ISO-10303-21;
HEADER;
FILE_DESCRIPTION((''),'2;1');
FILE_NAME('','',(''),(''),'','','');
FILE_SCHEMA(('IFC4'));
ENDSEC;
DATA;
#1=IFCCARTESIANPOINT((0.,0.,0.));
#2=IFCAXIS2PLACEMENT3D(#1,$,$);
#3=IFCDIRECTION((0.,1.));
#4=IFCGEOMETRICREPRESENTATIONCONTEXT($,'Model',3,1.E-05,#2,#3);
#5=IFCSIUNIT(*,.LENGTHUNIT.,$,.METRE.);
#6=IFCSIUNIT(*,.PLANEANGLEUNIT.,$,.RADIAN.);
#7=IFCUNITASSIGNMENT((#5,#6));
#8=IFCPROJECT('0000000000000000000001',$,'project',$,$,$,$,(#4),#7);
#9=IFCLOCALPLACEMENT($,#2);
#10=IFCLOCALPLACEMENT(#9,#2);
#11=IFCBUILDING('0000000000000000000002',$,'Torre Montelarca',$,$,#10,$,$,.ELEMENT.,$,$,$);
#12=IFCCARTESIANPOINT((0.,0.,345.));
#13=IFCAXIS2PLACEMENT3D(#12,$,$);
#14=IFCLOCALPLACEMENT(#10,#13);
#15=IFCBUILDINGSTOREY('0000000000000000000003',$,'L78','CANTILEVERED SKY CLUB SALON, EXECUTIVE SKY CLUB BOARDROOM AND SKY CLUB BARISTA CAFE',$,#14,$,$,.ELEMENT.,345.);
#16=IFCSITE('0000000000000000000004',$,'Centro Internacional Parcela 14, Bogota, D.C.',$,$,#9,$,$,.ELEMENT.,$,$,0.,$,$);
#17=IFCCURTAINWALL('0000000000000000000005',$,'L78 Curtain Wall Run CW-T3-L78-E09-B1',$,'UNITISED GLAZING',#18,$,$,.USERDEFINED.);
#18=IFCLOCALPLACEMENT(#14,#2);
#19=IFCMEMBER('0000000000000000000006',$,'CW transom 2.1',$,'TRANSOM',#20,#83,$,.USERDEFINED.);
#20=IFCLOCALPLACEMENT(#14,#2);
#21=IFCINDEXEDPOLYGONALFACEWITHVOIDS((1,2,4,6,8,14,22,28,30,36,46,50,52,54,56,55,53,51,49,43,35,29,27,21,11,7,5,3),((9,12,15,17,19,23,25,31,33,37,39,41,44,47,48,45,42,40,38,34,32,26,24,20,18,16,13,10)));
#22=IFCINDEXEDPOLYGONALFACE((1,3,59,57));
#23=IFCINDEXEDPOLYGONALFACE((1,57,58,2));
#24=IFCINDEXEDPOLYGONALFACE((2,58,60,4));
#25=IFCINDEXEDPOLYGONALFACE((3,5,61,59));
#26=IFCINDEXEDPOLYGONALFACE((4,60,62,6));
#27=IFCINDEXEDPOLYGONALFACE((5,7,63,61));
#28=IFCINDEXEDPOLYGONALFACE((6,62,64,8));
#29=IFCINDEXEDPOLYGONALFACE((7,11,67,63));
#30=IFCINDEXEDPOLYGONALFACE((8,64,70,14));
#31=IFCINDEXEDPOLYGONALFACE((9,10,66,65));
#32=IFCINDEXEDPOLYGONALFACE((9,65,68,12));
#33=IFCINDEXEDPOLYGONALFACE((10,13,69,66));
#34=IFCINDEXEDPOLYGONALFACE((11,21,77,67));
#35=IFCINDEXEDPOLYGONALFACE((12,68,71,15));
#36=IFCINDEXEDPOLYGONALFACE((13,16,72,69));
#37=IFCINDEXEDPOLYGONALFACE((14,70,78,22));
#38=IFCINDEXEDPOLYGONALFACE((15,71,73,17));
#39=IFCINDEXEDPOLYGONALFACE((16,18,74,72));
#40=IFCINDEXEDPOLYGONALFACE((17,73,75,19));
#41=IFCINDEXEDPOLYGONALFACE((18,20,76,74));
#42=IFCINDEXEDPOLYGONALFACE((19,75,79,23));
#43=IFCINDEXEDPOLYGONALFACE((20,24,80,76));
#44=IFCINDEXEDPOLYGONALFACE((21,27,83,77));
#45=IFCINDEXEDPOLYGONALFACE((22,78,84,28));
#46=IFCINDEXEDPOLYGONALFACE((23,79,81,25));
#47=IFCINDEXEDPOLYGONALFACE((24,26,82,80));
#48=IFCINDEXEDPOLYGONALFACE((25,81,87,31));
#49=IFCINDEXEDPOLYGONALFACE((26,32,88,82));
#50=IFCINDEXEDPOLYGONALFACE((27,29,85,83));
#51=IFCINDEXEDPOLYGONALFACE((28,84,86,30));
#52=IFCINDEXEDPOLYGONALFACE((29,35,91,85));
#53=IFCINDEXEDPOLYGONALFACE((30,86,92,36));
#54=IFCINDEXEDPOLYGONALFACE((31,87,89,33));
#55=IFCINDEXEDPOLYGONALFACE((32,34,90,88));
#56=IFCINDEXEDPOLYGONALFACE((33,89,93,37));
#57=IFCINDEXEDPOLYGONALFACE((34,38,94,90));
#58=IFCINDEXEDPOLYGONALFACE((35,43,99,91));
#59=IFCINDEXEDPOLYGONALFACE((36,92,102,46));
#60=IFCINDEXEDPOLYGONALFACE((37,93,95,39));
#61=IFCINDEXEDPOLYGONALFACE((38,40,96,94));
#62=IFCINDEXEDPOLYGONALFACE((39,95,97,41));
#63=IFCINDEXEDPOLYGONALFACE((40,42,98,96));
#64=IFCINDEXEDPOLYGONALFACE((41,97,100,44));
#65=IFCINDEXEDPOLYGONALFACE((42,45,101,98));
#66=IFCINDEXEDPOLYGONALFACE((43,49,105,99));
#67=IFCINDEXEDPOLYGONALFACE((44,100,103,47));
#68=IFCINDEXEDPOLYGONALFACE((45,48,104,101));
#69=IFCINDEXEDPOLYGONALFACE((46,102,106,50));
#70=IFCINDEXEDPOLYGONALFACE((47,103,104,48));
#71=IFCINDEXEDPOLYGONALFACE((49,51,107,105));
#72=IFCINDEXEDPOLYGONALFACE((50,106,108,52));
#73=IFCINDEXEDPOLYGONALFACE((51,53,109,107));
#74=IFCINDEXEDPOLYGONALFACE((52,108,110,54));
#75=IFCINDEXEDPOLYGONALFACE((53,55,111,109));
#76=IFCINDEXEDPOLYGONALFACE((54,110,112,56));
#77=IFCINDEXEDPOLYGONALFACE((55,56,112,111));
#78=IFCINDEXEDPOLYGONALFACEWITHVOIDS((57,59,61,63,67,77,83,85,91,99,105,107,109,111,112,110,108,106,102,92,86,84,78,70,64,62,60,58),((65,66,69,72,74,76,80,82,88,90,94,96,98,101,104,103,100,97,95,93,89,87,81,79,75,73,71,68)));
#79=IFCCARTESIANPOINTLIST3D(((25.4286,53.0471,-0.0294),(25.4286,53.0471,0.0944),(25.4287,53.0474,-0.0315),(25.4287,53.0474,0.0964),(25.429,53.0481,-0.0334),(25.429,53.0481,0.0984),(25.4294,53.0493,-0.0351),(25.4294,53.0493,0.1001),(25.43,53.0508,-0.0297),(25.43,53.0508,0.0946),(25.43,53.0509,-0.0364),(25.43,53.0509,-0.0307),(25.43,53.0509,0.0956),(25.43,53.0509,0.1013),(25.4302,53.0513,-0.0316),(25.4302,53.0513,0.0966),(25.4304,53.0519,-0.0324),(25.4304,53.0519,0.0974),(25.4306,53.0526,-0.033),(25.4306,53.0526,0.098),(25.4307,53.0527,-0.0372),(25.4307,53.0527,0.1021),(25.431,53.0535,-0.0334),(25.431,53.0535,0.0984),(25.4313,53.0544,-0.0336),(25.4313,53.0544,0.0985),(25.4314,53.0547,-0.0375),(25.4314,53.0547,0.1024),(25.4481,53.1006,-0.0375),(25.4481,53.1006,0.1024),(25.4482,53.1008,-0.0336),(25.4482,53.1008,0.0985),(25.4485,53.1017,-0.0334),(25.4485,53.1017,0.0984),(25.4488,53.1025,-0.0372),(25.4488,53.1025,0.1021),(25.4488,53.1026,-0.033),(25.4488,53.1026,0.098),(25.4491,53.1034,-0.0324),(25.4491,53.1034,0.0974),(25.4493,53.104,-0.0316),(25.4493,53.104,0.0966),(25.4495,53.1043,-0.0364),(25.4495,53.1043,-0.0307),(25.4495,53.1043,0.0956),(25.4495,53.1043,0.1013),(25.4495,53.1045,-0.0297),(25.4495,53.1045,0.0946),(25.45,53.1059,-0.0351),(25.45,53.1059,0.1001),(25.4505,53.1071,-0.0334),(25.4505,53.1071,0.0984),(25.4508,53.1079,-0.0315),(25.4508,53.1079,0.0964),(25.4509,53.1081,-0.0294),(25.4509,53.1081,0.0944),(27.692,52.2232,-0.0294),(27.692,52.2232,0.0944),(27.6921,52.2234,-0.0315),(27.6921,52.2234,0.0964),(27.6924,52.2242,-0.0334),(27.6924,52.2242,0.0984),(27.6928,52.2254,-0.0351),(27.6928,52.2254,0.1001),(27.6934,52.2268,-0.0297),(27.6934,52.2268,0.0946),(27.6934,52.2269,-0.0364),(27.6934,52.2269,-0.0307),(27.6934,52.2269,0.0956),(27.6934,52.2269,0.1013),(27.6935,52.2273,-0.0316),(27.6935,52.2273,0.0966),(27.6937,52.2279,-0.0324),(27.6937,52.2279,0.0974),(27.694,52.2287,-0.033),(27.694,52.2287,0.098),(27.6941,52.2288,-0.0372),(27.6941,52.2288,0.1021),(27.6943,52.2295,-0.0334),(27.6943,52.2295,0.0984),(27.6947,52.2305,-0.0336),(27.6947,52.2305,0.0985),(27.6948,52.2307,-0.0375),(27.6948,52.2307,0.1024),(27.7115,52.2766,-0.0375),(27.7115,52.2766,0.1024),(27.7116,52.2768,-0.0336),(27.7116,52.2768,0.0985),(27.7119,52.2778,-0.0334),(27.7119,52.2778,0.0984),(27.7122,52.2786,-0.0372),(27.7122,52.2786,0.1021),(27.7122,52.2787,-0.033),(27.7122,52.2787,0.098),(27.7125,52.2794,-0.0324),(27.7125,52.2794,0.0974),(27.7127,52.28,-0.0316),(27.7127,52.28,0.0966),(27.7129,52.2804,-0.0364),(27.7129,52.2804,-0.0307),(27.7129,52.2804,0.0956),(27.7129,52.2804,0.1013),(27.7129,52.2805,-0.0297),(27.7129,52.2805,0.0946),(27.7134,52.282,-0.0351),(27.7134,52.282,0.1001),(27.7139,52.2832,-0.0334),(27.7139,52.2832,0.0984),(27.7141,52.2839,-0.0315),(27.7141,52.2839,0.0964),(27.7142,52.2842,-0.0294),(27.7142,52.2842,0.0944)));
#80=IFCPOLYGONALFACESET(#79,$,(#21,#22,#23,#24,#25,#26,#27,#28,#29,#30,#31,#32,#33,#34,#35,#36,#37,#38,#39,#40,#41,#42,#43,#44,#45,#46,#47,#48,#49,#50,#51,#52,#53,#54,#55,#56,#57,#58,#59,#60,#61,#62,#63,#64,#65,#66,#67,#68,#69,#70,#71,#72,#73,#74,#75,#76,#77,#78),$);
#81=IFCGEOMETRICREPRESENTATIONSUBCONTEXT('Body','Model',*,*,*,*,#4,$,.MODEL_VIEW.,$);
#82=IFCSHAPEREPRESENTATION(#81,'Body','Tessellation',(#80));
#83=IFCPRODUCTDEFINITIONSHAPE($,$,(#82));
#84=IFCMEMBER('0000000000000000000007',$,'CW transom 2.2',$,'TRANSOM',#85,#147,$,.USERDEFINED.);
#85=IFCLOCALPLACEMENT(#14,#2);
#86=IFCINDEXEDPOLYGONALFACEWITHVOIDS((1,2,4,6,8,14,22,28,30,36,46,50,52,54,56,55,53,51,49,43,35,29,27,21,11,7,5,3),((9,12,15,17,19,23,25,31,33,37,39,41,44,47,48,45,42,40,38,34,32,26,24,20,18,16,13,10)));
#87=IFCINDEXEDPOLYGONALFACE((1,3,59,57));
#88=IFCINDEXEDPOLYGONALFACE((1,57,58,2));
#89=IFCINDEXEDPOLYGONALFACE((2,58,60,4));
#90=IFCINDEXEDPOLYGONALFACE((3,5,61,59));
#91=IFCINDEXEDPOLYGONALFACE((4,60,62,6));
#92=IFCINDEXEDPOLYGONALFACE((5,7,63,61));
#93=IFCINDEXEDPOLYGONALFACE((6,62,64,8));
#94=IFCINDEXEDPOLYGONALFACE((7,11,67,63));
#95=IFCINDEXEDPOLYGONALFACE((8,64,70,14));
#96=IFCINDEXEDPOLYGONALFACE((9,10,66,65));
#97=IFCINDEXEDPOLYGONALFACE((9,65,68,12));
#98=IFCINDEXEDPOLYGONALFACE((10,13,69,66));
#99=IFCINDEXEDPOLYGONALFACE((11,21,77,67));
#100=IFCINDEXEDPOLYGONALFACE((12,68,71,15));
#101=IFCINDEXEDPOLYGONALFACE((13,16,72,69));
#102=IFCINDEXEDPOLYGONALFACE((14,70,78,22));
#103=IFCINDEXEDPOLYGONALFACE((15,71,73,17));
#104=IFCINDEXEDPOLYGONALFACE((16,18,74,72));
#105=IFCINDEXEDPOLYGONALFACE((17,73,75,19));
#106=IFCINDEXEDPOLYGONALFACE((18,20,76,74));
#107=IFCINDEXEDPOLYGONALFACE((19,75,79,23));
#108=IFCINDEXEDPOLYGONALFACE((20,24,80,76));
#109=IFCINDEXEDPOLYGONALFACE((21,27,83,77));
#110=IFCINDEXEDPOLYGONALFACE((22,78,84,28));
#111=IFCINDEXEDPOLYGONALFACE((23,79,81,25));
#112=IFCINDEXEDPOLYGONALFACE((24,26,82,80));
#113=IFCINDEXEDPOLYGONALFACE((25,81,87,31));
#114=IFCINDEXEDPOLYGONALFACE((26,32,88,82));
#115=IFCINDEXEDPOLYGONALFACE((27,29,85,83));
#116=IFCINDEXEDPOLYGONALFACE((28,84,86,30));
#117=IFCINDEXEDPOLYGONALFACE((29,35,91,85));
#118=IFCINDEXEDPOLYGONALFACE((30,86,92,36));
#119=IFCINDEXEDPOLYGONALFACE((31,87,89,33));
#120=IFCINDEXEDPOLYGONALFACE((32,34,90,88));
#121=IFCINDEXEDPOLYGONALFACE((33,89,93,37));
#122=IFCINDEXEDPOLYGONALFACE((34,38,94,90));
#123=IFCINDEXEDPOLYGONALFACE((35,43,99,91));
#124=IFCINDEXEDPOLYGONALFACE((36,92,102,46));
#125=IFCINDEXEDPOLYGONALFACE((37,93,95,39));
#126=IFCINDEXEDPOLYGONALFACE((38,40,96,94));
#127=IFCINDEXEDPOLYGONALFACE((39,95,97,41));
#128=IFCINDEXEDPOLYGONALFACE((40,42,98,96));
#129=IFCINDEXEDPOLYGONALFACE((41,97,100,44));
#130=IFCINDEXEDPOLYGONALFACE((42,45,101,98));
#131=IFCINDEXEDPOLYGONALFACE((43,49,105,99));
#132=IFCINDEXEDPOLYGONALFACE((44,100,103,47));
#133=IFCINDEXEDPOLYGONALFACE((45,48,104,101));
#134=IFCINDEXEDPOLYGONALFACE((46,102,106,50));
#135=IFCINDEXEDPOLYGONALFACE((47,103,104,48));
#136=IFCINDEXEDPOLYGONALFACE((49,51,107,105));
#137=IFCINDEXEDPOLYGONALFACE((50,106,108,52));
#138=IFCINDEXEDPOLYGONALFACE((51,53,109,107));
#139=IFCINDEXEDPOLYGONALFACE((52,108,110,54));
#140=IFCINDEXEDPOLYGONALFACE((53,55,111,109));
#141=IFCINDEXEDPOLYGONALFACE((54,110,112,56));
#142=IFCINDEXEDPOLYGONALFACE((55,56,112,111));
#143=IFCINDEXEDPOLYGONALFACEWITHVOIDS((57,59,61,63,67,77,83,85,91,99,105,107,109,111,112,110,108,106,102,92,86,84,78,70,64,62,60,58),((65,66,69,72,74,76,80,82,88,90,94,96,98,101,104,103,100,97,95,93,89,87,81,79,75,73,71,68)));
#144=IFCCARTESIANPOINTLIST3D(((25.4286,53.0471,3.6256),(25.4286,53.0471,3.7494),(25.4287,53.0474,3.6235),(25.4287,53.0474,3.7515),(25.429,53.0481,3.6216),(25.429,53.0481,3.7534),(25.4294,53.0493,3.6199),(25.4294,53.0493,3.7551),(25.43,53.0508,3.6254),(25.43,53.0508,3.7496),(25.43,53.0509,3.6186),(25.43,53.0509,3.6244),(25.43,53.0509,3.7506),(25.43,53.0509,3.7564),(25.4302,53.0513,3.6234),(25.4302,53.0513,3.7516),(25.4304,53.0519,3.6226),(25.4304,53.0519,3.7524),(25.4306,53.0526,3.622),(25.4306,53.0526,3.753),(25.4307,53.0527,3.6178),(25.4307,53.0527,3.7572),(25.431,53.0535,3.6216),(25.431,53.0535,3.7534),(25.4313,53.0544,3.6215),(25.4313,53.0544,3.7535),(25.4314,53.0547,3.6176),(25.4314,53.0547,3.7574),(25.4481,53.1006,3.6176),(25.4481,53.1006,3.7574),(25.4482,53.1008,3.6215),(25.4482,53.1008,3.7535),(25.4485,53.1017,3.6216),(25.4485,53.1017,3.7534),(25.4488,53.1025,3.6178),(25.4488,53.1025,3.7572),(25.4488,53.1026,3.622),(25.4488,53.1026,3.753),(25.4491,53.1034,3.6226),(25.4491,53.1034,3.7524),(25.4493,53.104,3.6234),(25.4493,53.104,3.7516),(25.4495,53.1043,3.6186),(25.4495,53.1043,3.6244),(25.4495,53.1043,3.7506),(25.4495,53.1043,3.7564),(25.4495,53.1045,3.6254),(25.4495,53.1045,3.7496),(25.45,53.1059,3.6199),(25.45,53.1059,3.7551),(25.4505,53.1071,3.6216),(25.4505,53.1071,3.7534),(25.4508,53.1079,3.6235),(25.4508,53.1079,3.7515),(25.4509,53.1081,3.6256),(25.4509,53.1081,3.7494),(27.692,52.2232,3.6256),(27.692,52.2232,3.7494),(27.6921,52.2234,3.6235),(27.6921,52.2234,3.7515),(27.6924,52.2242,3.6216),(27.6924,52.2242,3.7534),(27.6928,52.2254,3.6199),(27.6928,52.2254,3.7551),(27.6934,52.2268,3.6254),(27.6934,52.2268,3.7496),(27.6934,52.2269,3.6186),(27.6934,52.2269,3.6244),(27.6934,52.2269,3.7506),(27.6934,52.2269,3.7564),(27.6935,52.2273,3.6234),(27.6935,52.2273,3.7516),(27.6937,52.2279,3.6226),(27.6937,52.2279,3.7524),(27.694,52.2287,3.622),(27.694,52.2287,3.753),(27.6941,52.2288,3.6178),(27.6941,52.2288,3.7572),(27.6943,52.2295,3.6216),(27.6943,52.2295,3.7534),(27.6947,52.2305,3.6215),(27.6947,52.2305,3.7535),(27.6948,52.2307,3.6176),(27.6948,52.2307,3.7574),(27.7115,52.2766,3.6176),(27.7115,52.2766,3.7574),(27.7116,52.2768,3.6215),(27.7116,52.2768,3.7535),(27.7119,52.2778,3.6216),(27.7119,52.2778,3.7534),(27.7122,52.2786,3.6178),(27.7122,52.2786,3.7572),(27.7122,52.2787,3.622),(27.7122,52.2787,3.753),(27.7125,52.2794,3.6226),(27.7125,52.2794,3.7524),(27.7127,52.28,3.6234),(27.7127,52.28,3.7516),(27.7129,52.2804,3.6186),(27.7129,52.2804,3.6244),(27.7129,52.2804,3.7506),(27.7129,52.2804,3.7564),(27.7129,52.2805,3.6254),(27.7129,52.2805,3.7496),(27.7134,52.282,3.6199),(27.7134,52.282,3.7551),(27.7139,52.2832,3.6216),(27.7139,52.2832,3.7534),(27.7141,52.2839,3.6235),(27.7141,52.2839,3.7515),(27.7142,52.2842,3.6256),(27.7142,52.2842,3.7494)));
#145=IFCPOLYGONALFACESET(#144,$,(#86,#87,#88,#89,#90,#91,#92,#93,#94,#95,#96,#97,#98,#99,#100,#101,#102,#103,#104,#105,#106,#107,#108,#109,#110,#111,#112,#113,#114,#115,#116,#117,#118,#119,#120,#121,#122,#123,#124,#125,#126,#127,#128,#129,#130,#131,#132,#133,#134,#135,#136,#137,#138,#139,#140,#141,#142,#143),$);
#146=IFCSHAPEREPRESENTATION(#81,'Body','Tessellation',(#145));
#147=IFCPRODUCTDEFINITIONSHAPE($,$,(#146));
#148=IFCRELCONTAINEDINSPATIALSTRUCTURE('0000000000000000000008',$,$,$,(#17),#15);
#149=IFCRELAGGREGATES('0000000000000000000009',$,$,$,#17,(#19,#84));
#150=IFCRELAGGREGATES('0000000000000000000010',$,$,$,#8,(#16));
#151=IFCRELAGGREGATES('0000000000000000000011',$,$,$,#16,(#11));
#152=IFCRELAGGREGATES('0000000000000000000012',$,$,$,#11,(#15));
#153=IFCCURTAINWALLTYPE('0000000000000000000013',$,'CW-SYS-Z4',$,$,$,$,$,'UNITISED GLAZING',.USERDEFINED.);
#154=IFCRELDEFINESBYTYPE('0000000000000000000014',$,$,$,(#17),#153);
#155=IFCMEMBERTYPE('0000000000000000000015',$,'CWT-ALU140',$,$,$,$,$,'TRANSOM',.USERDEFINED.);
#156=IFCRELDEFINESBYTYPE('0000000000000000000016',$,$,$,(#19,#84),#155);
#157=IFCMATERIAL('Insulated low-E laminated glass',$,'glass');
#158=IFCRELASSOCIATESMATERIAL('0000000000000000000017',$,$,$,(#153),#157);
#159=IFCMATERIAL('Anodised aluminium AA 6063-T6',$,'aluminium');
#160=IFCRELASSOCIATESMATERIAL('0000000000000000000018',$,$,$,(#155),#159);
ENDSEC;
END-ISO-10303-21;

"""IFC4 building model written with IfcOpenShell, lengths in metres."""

from ifc_helpers import new_model, si_unit, direction, frame, origin, origin_2d, place, context, subcontext, project, spatial, hollow_rectangle, extrude, source, transform, mapped, material, material_profile, profile_set, type_object, element, aggregate, save


model = new_model("IFC4")

# Units and contexts
model_context = context("Model", 3, precision=1e-05, world=origin(), true_north=direction((0.0, 1.0)))
body_context = subcontext(model_context, "Body", "Model", "MODEL_VIEW")
ifc_project = project(units=[si_unit("LENGTHUNIT", "METRE"), si_unit("PLANEANGLEUNIT", "RADIAN")], contexts=[model_context])

# Site, building, storey
site_placement = place(None, origin())
site = spatial("IfcSite", under=ifc_project, at=site_placement, Name="Centro Internacional Parcela 14, Bogota, D.C.", CompositionType="ELEMENT", RefElevation=0.0)
building_placement = place(site_placement, origin())
building = spatial("IfcBuilding", under=site, at=building_placement, Name="Torre Montelarca", CompositionType="ELEMENT")
storey_placement = place(building_placement, frame((0.0, 0.0, 345.0)))
storey = spatial("IfcBuildingStorey", under=building, at=storey_placement, Name="L78", Description="CANTILEVERED SKY CLUB SALON, EXECUTIVE SKY CLUB BOARDROOM AND SKY CLUB BARISTA CAFE", CompositionType="ELEMENT", Elevation=345.0)

# Curtain wall, members
ifc_material_1 = material(Name="Insulated low-E laminated glass", Category="glass")
curtain_wall_type = type_object("IfcCurtainWallType", Name="CW-SYS-Z4", ElementType="UNITISED GLAZING", PredefinedType="USERDEFINED", material=ifc_material_1)
curtain_wall_1_placement = place(storey_placement, origin())
curtain_wall_1 = element("IfcCurtainWall", 1, at=curtain_wall_1_placement, inside=storey, type_object=curtain_wall_type, Name="L78 Curtain Wall Run CW-T3-L78-E09-B1", ObjectType="UNITISED GLAZING", PredefinedType="USERDEFINED")
ifc_material_2 = material(Name="Anodised aluminium AA 6063-T6", Category="aluminium")
ifc_material_profile_1 = material_profile(ifc_material_2, hollow_rectangle(XDim=0.0649, YDim=0.1399, WallThickness=0.0039, InnerFilletRadius=0.0039, OuterFilletRadius=0.0081, at=origin_2d()), Name="ALU65X140X4", Category="aluminium")
ifc_profile_set_1 = profile_set([ifc_material_profile_1], Name="Anodised aluminium AA 6063-T6")
member_type_1 = type_object("IfcMemberType", Name="CWT-ALU140", ElementType="TRANSOM", PredefinedType="USERDEFINED", material=ifc_profile_set_1)
shared_shape_1 = source(origin(), body_context, "Body", "SweptSolid", [
    extrude(hollow_rectangle(XDim=0.0649, YDim=0.1399, WallThickness=0.0039, InnerFilletRadius=0.0039, OuterFilletRadius=0.0081, at=origin_2d()), origin(), (0.0, 0.0, 1.0), 2.4087),
])
member_1_placement = place(storey_placement, frame((27.7031, 52.2537, 0.0325), z_axis=(-0.939672, 0.342077, 0.0), x_axis=(-0.342077, -0.939672, 0.0)))
member_1 = element("IfcMember", 2, at=member_1_placement, type_object=member_type_1, Name="CW transom 2.1", ObjectType="TRANSOM", PredefinedType="USERDEFINED", context=body_context, shape_type="MappedRepresentation", body=[
    mapped(shared_shape_1, transform((0.0, 0.0, 0.0), scale=1.0)),
])
member_2_placement = place(storey_placement, frame((27.7031, 52.2537, 3.6875), z_axis=(-0.939672, 0.342077, 0.0), x_axis=(-0.342077, -0.939672, 0.0)))
member_2 = element("IfcMember", 3, at=member_2_placement, type_object=member_type_1, Name="CW transom 2.2", ObjectType="TRANSOM", PredefinedType="USERDEFINED", context=body_context, shape_type="MappedRepresentation", body=[
    mapped(shared_shape_1, transform((0.0, 0.0, 0.0), scale=1.0)),
])

aggregate(curtain_wall_1, [member_1, member_2])

save(model, "model.ifc")
